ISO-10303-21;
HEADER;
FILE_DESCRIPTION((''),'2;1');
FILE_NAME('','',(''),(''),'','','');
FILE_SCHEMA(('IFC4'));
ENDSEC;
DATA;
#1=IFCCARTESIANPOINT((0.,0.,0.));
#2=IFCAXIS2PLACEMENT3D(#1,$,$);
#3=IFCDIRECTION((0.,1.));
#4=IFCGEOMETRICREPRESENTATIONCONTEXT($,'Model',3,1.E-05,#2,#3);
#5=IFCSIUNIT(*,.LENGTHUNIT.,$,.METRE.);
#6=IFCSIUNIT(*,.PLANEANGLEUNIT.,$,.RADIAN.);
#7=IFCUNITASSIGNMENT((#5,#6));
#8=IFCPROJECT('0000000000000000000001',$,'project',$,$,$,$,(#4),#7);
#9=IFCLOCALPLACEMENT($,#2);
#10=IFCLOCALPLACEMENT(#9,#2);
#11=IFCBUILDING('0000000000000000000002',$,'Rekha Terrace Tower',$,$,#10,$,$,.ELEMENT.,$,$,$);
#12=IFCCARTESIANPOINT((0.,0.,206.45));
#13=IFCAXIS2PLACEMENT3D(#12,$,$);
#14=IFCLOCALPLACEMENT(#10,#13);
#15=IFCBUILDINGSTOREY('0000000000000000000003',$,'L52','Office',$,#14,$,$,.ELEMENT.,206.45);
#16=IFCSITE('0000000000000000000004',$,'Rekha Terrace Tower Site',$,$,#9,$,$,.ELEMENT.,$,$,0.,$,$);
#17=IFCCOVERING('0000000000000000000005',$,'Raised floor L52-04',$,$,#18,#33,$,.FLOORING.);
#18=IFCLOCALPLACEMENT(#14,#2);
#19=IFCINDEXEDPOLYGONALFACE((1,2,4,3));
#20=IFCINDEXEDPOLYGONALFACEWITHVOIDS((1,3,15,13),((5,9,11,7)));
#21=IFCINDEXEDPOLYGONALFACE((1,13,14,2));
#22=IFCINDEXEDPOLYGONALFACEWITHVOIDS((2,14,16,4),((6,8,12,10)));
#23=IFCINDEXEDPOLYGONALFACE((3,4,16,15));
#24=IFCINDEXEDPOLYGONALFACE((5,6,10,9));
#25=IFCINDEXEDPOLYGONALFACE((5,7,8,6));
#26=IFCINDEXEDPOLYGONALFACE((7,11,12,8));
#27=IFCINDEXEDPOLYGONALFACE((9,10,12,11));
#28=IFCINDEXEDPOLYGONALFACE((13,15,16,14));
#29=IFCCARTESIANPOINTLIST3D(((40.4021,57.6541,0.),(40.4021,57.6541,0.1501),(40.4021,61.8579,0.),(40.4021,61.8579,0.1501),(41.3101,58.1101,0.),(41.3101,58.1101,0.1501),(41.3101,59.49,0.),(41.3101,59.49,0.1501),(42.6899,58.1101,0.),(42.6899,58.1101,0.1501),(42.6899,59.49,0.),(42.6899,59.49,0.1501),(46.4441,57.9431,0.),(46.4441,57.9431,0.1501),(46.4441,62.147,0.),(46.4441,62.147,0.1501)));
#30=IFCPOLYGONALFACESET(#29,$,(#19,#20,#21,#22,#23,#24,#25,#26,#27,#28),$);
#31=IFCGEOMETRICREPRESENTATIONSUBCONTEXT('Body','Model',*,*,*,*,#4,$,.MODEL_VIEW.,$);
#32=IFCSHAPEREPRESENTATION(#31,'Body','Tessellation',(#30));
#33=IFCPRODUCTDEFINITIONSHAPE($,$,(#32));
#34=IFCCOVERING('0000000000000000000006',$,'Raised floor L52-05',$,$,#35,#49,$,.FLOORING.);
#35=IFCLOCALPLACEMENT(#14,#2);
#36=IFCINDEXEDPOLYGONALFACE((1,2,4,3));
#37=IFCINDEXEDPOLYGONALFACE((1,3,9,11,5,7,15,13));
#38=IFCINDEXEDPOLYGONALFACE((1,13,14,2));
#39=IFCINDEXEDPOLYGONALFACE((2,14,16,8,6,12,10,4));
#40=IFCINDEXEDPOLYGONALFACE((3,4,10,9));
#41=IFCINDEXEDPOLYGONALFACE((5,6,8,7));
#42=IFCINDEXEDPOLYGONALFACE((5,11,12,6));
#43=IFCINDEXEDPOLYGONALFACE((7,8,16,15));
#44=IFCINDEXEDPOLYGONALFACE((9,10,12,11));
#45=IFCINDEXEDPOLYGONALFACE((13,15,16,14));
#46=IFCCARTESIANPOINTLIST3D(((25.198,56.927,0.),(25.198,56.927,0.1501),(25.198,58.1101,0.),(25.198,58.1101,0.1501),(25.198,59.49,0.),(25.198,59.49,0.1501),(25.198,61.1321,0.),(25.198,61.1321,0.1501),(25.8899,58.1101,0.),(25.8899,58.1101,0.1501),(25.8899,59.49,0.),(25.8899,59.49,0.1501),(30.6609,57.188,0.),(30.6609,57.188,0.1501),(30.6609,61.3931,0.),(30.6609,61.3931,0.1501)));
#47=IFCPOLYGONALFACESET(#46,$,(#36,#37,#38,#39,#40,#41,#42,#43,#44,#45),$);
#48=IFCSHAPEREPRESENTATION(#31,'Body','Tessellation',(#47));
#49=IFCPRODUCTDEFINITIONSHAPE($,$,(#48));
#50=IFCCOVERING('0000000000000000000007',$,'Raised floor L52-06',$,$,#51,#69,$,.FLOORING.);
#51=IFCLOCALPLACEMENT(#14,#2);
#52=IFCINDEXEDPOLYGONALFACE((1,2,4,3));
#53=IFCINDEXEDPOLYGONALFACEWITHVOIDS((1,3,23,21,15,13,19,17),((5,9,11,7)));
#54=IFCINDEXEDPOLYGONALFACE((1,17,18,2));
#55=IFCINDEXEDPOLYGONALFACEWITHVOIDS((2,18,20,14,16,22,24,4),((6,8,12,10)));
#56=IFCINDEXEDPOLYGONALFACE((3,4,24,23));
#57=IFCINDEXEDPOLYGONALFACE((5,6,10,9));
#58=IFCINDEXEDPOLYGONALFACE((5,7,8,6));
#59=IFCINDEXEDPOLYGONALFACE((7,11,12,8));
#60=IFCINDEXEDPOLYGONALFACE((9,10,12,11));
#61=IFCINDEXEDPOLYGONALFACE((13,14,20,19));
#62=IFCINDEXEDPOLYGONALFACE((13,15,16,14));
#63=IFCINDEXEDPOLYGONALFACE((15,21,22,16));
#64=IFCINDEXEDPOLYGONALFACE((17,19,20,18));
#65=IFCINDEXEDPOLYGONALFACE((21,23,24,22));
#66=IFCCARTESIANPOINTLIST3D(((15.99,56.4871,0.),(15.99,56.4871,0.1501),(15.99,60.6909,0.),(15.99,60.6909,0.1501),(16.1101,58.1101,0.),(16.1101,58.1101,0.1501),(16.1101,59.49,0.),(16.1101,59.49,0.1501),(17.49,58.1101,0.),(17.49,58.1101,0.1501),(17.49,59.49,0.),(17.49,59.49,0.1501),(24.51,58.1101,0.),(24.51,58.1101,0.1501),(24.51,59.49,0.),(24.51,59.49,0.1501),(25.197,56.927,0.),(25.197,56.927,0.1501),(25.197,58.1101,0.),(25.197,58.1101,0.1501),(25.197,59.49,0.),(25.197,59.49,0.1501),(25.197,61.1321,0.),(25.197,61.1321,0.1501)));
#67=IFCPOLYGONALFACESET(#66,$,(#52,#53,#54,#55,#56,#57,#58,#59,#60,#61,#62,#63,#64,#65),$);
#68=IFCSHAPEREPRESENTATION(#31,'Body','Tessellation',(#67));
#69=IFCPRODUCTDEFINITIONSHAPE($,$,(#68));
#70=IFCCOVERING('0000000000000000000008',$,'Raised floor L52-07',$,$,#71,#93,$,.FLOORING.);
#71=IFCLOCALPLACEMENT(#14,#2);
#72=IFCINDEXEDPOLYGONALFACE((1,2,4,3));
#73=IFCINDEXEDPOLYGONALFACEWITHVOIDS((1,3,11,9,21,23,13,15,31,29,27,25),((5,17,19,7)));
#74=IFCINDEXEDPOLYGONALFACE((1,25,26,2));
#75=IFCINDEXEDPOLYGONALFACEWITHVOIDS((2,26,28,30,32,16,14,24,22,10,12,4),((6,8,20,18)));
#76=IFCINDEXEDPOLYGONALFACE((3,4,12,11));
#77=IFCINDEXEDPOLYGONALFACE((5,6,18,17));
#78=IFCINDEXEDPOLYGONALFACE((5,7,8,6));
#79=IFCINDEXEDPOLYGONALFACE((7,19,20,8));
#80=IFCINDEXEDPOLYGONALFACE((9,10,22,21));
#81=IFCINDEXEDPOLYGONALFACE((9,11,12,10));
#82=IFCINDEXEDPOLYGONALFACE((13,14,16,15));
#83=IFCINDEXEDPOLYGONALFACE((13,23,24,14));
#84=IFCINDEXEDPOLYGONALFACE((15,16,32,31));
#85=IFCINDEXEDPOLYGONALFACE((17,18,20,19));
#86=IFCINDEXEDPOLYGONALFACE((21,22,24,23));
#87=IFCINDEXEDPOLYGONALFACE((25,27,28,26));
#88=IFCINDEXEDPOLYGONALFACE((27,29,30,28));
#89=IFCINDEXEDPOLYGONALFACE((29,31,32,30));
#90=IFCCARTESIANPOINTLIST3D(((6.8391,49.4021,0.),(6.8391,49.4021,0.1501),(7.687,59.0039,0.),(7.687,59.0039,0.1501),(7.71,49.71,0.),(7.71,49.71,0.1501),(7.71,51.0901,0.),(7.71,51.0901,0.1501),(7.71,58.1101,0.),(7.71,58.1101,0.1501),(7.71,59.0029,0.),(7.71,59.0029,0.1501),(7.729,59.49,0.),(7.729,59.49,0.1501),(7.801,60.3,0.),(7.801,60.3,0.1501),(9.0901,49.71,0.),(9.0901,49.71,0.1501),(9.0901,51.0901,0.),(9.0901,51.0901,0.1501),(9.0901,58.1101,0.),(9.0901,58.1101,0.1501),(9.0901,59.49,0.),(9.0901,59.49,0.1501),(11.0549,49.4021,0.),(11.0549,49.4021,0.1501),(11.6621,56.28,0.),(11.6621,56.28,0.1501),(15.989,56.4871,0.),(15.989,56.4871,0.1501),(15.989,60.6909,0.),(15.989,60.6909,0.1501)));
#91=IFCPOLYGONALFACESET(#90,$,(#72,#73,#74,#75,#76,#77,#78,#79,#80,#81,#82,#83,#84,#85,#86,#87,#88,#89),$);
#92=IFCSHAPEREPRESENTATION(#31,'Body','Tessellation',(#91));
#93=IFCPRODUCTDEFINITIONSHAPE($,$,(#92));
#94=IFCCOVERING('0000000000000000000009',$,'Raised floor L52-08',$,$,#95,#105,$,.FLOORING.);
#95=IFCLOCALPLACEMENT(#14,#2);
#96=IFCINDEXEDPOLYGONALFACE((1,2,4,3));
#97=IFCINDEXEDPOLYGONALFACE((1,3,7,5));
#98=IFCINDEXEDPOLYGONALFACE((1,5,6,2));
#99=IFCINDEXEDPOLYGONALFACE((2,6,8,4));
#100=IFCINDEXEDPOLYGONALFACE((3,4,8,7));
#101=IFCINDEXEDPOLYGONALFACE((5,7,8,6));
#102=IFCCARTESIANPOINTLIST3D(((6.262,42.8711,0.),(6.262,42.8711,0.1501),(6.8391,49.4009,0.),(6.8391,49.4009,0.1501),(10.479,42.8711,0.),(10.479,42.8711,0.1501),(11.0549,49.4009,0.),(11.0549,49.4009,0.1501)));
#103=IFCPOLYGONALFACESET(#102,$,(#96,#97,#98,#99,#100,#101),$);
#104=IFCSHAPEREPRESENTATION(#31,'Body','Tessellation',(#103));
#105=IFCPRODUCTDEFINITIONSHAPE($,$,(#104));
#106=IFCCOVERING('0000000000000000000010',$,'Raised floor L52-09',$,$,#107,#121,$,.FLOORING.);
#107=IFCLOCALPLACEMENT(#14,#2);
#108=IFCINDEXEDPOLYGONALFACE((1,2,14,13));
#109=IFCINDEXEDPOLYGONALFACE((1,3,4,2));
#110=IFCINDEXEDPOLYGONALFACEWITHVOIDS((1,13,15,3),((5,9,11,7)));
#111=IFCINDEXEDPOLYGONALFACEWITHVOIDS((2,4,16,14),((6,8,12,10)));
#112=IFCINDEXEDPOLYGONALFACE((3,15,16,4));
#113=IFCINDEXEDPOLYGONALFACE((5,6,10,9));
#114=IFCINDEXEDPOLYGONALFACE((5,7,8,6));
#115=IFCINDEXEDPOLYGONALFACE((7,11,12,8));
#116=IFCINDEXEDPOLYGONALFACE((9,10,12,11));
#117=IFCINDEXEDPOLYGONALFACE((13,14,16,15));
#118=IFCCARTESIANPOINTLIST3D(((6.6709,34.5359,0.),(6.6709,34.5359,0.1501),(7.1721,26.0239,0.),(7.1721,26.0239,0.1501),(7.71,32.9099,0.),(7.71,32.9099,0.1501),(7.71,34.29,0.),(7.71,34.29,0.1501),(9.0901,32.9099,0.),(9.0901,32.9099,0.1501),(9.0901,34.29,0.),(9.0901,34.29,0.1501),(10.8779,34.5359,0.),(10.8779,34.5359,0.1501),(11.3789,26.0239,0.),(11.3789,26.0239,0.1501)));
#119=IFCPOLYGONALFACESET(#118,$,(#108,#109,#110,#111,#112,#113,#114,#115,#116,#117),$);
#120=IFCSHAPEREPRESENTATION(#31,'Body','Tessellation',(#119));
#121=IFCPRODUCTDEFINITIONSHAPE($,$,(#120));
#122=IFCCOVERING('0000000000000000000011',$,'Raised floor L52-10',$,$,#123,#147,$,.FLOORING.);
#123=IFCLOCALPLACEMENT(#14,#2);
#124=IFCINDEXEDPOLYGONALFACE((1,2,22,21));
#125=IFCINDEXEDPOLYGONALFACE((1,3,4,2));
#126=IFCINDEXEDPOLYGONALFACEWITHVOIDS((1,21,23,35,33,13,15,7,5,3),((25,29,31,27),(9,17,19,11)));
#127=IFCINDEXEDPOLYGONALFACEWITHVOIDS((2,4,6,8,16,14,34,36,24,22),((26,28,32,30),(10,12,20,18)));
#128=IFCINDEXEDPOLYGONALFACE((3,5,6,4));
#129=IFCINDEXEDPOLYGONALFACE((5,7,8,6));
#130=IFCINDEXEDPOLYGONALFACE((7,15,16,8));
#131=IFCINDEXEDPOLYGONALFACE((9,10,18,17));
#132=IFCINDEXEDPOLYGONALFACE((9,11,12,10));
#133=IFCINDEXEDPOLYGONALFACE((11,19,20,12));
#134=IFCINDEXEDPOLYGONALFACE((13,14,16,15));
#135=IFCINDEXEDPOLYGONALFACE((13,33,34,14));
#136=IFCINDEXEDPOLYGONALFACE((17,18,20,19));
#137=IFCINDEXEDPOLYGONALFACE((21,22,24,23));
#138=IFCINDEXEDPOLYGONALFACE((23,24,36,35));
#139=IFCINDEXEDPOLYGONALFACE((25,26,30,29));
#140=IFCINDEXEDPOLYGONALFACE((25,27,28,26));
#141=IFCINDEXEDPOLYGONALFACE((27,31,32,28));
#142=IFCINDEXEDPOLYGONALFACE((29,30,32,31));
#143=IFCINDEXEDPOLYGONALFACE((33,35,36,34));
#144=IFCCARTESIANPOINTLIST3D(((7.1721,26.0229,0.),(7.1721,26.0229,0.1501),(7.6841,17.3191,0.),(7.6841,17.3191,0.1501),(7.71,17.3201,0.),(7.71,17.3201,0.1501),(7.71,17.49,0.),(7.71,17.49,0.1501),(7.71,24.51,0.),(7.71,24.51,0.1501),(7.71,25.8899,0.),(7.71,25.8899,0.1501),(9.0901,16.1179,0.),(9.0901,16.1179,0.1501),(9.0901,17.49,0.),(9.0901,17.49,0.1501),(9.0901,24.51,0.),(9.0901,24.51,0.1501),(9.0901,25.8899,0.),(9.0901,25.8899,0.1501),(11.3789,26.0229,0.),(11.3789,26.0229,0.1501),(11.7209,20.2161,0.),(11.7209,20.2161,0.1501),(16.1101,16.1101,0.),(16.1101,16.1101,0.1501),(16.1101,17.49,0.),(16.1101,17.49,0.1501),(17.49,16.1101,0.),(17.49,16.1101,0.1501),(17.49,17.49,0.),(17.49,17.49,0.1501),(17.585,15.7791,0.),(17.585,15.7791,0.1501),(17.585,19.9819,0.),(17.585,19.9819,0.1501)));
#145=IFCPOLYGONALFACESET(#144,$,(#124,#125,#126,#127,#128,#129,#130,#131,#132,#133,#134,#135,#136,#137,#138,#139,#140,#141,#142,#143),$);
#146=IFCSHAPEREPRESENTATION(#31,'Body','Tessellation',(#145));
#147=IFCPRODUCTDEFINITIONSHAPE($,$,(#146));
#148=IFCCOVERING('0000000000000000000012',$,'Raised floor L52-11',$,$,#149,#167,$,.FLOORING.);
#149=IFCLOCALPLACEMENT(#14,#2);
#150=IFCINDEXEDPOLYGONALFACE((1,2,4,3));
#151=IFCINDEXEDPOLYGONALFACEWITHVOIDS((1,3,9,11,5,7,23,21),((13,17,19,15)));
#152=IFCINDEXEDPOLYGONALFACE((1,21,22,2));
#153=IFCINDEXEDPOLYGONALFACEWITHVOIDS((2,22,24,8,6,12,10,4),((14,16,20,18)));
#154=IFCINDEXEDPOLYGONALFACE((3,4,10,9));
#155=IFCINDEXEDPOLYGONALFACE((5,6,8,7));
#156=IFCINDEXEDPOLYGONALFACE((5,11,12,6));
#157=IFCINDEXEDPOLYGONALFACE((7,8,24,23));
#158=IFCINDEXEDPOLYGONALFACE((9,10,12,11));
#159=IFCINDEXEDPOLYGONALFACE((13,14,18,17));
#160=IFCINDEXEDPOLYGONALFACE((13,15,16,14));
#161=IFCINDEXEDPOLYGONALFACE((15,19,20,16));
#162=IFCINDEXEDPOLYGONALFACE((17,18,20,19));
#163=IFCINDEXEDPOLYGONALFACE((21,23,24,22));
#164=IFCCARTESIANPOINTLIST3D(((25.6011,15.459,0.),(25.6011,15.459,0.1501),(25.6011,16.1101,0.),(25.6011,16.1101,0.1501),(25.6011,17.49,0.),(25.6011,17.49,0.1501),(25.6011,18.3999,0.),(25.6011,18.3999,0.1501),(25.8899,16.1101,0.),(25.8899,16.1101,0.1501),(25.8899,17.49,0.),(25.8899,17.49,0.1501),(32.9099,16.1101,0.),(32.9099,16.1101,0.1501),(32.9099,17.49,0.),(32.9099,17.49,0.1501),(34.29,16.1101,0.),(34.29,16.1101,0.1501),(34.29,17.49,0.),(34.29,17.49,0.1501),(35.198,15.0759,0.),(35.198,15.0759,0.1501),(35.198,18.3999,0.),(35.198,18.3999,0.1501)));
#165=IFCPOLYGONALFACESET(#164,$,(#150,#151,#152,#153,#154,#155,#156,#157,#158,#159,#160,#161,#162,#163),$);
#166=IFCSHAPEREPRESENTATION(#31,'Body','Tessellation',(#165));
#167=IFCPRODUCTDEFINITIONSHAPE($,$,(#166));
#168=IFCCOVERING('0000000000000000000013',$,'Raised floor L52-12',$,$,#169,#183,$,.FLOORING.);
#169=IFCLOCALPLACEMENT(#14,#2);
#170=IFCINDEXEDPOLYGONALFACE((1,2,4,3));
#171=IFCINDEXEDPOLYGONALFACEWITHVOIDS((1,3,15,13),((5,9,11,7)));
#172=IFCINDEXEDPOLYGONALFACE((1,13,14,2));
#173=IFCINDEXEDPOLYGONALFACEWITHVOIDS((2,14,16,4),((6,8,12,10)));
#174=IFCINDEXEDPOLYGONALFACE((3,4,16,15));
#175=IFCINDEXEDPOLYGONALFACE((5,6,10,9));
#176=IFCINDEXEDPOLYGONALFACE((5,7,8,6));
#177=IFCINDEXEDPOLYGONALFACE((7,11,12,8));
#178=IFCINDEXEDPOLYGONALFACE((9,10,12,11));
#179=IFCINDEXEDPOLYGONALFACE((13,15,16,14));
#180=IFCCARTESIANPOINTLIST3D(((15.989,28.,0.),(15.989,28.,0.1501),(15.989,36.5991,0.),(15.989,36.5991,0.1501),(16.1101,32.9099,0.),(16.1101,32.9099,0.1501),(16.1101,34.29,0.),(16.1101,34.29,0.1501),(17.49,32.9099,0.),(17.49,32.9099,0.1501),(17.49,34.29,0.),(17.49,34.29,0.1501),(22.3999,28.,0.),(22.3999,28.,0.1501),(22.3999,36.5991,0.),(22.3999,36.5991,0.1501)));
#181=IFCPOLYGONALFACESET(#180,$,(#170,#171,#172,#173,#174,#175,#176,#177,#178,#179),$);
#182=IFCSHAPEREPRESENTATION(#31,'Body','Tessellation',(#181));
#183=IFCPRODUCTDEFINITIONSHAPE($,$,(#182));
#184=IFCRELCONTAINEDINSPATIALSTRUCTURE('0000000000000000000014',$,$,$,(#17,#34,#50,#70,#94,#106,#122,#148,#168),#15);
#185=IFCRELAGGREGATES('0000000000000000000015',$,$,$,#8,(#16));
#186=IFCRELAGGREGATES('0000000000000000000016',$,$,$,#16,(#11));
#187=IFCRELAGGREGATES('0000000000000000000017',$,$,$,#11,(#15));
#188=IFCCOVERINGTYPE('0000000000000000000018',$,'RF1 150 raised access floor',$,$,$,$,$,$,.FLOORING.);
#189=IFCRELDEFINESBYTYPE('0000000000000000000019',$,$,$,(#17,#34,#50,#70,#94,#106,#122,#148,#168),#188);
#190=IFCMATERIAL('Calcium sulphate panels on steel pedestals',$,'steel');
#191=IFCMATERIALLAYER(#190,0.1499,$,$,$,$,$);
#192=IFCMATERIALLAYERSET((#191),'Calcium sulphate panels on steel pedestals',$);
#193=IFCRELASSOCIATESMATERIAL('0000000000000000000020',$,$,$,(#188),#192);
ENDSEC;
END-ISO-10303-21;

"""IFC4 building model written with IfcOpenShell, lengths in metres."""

from ifc_helpers import new_model, si_unit, direction, frame, origin, place, context, subcontext, project, spatial, polyline, outline, extrude, material, layer, layer_set, type_object, element, save


model = new_model("IFC4")

# Units and contexts
model_context = context("Model", 3, precision=1e-05, world=origin(), true_north=direction((0.0, 1.0)))
body_context = subcontext(model_context, "Body", "Model", "MODEL_VIEW")
ifc_project = project(units=[si_unit("LENGTHUNIT", "METRE"), si_unit("PLANEANGLEUNIT", "RADIAN")], contexts=[model_context])

# Site, building, storey
site_placement = place(None, origin())
site = spatial("IfcSite", under=ifc_project, at=site_placement, Name="Rekha Terrace Tower Site", CompositionType="ELEMENT", RefElevation=0.0)
building_placement = place(site_placement, origin())
building = spatial("IfcBuilding", under=site, at=building_placement, Name="Rekha Terrace Tower", CompositionType="ELEMENT")
storey_placement = place(building_placement, frame((0.0, 0.0, 206.45)))
storey = spatial("IfcBuildingStorey", under=building, at=storey_placement, Name="L52", Description="Office", CompositionType="ELEMENT", Elevation=206.45)

# Coverings
ifc_material_1 = material(Name="Calcium sulphate panels on steel pedestals", Category="steel")
ifc_layer_1 = layer(ifc_material_1, 0.1499)
ifc_layer_set_1 = layer_set([ifc_layer_1], Name="Calcium sulphate panels on steel pedestals")
covering_type_1 = type_object("IfcCoveringType", Name="RF1 150 raised access floor", PredefinedType="FLOORING", material=ifc_layer_set_1)
covering_1_placement = place(storey_placement, origin())
element("IfcCovering", 1, at=covering_1_placement, inside=storey, type_object=covering_type_1, Name="Raised floor L52-04", PredefinedType="FLOORING", context=body_context, shape_type="SweptSolid", body=[
    extrude(outline(polyline([(46.4441, 62.147), (40.4021, 61.8579), (40.4021, 57.6541), (46.4441, 57.9431), (46.4441, 62.147)]), holes=[polyline([(42.6899, 59.49), (42.6899, 58.1101), (41.3101, 58.1101), (41.3101, 59.49), (42.6899, 59.49)])]), origin(), (0.0, 0.0, 1.0), 0.1501),
])
covering_2_placement = place(storey_placement, origin())
element("IfcCovering", 2, at=covering_2_placement, inside=storey, type_object=covering_type_1, Name="Raised floor L52-05", PredefinedType="FLOORING", context=body_context, shape_type="SweptSolid", body=[
    extrude(outline(polyline([(25.8899, 58.1101), (25.198, 58.1101), (25.198, 56.927), (30.6609, 57.188), (30.6609, 61.3931), (25.198, 61.1321), (25.198, 59.49), (25.8899, 59.49), (25.8899, 58.1101)])), origin(), (0.0, 0.0, 1.0), 0.1501),
])
covering_3_placement = place(storey_placement, origin())
element("IfcCovering", 3, at=covering_3_placement, inside=storey, type_object=covering_type_1, Name="Raised floor L52-06", PredefinedType="FLOORING", context=body_context, shape_type="SweptSolid", body=[
    extrude(outline(polyline([(25.197, 59.49), (25.197, 61.1321), (15.99, 60.6909), (15.99, 56.4871), (25.197, 56.927), (25.197, 58.1101), (24.51, 58.1101), (24.51, 59.49), (25.197, 59.49)]), holes=[polyline([(17.49, 59.49), (17.49, 58.1101), (16.1101, 58.1101), (16.1101, 59.49), (17.49, 59.49)])]), origin(), (0.0, 0.0, 1.0), 0.1501),
])
covering_4_placement = place(storey_placement, origin())
element("IfcCovering", 4, at=covering_4_placement, inside=storey, type_object=covering_type_1, Name="Raised floor L52-07", PredefinedType="FLOORING", context=body_context, shape_type="SweptSolid", body=[
    extrude(outline(polyline([(7.687, 59.0039), (6.8391, 49.4021), (11.0549, 49.4021), (11.6621, 56.28), (15.989, 56.4871), (15.989, 60.6909), (7.801, 60.3), (7.729, 59.49), (9.0901, 59.49), (9.0901, 58.1101), (7.71, 58.1101), (7.71, 59.0029), (7.687, 59.0039)]), holes=[polyline([(9.0901, 49.71), (7.71, 49.71), (7.71, 51.0901), (9.0901, 51.0901), (9.0901, 49.71)])]), origin(), (0.0, 0.0, 1.0), 0.1501),
])
covering_5_placement = place(storey_placement, origin())
element("IfcCovering", 5, at=covering_5_placement, inside=storey, type_object=covering_type_1, Name="Raised floor L52-08", PredefinedType="FLOORING", context=body_context, shape_type="SweptSolid", body=[
    extrude(outline(polyline([(11.0549, 49.4009), (6.8391, 49.4009), (6.262, 42.8711), (10.479, 42.8711), (11.0549, 49.4009)])), origin(), (0.0, 0.0, 1.0), 0.1501),
])
covering_6_placement = place(storey_placement, origin())
element("IfcCovering", 6, at=covering_6_placement, inside=storey, type_object=covering_type_1, Name="Raised floor L52-09", PredefinedType="FLOORING", context=body_context, shape_type="SweptSolid", body=[
    extrude(outline(polyline([(10.8779, 34.5359), (6.6709, 34.5359), (7.1721, 26.0239), (11.3789, 26.0239), (10.8779, 34.5359)]), holes=[polyline([(9.0901, 34.29), (9.0901, 32.9099), (7.71, 32.9099), (7.71, 34.29), (9.0901, 34.29)])]), origin(), (0.0, 0.0, 1.0), 0.1501),
])
covering_7_placement = place(storey_placement, origin())
element("IfcCovering", 7, at=covering_7_placement, inside=storey, type_object=covering_type_1, Name="Raised floor L52-10", PredefinedType="FLOORING", context=body_context, shape_type="SweptSolid", body=[
    extrude(outline(polyline([(9.0901, 16.1179), (17.585, 15.7791), (17.585, 19.9819), (11.7209, 20.2161), (11.3789, 26.0229), (7.1721, 26.0229), (7.6841, 17.3191), (7.71, 17.3201), (7.71, 17.49), (9.0901, 17.49), (9.0901, 16.1179)]), holes=[polyline([(17.49, 17.49), (17.49, 16.1101), (16.1101, 16.1101), (16.1101, 17.49), (17.49, 17.49)]), polyline([(9.0901, 24.51), (7.71, 24.51), (7.71, 25.8899), (9.0901, 25.8899), (9.0901, 24.51)])]), origin(), (0.0, 0.0, 1.0), 0.1501),
])
covering_8_placement = place(storey_placement, origin())
element("IfcCovering", 8, at=covering_8_placement, inside=storey, type_object=covering_type_1, Name="Raised floor L52-11", PredefinedType="FLOORING", context=body_context, shape_type="SweptSolid", body=[
    extrude(outline(polyline([(25.6011, 16.1101), (25.6011, 15.459), (35.198, 15.0759), (35.198, 18.3999), (25.6011, 18.3999), (25.6011, 17.49), (25.8899, 17.49), (25.8899, 16.1101), (25.6011, 16.1101)]), holes=[polyline([(34.29, 16.1101), (32.9099, 16.1101), (32.9099, 17.49), (34.29, 17.49), (34.29, 16.1101)])]), origin(), (0.0, 0.0, 1.0), 0.1501),
])
covering_9_placement = place(storey_placement, origin())
element("IfcCovering", 9, at=covering_9_placement, inside=storey, type_object=covering_type_1, Name="Raised floor L52-12", PredefinedType="FLOORING", context=body_context, shape_type="SweptSolid", body=[
    extrude(outline(polyline([(22.3999, 36.5991), (15.989, 36.5991), (15.989, 28.0), (22.3999, 28.0), (22.3999, 36.5991)]), holes=[polyline([(17.49, 32.9099), (16.1101, 32.9099), (16.1101, 34.29), (17.49, 34.29), (17.49, 32.9099)])]), origin(), (0.0, 0.0, 1.0), 0.1501),
])

save(model, "model.ifc")
